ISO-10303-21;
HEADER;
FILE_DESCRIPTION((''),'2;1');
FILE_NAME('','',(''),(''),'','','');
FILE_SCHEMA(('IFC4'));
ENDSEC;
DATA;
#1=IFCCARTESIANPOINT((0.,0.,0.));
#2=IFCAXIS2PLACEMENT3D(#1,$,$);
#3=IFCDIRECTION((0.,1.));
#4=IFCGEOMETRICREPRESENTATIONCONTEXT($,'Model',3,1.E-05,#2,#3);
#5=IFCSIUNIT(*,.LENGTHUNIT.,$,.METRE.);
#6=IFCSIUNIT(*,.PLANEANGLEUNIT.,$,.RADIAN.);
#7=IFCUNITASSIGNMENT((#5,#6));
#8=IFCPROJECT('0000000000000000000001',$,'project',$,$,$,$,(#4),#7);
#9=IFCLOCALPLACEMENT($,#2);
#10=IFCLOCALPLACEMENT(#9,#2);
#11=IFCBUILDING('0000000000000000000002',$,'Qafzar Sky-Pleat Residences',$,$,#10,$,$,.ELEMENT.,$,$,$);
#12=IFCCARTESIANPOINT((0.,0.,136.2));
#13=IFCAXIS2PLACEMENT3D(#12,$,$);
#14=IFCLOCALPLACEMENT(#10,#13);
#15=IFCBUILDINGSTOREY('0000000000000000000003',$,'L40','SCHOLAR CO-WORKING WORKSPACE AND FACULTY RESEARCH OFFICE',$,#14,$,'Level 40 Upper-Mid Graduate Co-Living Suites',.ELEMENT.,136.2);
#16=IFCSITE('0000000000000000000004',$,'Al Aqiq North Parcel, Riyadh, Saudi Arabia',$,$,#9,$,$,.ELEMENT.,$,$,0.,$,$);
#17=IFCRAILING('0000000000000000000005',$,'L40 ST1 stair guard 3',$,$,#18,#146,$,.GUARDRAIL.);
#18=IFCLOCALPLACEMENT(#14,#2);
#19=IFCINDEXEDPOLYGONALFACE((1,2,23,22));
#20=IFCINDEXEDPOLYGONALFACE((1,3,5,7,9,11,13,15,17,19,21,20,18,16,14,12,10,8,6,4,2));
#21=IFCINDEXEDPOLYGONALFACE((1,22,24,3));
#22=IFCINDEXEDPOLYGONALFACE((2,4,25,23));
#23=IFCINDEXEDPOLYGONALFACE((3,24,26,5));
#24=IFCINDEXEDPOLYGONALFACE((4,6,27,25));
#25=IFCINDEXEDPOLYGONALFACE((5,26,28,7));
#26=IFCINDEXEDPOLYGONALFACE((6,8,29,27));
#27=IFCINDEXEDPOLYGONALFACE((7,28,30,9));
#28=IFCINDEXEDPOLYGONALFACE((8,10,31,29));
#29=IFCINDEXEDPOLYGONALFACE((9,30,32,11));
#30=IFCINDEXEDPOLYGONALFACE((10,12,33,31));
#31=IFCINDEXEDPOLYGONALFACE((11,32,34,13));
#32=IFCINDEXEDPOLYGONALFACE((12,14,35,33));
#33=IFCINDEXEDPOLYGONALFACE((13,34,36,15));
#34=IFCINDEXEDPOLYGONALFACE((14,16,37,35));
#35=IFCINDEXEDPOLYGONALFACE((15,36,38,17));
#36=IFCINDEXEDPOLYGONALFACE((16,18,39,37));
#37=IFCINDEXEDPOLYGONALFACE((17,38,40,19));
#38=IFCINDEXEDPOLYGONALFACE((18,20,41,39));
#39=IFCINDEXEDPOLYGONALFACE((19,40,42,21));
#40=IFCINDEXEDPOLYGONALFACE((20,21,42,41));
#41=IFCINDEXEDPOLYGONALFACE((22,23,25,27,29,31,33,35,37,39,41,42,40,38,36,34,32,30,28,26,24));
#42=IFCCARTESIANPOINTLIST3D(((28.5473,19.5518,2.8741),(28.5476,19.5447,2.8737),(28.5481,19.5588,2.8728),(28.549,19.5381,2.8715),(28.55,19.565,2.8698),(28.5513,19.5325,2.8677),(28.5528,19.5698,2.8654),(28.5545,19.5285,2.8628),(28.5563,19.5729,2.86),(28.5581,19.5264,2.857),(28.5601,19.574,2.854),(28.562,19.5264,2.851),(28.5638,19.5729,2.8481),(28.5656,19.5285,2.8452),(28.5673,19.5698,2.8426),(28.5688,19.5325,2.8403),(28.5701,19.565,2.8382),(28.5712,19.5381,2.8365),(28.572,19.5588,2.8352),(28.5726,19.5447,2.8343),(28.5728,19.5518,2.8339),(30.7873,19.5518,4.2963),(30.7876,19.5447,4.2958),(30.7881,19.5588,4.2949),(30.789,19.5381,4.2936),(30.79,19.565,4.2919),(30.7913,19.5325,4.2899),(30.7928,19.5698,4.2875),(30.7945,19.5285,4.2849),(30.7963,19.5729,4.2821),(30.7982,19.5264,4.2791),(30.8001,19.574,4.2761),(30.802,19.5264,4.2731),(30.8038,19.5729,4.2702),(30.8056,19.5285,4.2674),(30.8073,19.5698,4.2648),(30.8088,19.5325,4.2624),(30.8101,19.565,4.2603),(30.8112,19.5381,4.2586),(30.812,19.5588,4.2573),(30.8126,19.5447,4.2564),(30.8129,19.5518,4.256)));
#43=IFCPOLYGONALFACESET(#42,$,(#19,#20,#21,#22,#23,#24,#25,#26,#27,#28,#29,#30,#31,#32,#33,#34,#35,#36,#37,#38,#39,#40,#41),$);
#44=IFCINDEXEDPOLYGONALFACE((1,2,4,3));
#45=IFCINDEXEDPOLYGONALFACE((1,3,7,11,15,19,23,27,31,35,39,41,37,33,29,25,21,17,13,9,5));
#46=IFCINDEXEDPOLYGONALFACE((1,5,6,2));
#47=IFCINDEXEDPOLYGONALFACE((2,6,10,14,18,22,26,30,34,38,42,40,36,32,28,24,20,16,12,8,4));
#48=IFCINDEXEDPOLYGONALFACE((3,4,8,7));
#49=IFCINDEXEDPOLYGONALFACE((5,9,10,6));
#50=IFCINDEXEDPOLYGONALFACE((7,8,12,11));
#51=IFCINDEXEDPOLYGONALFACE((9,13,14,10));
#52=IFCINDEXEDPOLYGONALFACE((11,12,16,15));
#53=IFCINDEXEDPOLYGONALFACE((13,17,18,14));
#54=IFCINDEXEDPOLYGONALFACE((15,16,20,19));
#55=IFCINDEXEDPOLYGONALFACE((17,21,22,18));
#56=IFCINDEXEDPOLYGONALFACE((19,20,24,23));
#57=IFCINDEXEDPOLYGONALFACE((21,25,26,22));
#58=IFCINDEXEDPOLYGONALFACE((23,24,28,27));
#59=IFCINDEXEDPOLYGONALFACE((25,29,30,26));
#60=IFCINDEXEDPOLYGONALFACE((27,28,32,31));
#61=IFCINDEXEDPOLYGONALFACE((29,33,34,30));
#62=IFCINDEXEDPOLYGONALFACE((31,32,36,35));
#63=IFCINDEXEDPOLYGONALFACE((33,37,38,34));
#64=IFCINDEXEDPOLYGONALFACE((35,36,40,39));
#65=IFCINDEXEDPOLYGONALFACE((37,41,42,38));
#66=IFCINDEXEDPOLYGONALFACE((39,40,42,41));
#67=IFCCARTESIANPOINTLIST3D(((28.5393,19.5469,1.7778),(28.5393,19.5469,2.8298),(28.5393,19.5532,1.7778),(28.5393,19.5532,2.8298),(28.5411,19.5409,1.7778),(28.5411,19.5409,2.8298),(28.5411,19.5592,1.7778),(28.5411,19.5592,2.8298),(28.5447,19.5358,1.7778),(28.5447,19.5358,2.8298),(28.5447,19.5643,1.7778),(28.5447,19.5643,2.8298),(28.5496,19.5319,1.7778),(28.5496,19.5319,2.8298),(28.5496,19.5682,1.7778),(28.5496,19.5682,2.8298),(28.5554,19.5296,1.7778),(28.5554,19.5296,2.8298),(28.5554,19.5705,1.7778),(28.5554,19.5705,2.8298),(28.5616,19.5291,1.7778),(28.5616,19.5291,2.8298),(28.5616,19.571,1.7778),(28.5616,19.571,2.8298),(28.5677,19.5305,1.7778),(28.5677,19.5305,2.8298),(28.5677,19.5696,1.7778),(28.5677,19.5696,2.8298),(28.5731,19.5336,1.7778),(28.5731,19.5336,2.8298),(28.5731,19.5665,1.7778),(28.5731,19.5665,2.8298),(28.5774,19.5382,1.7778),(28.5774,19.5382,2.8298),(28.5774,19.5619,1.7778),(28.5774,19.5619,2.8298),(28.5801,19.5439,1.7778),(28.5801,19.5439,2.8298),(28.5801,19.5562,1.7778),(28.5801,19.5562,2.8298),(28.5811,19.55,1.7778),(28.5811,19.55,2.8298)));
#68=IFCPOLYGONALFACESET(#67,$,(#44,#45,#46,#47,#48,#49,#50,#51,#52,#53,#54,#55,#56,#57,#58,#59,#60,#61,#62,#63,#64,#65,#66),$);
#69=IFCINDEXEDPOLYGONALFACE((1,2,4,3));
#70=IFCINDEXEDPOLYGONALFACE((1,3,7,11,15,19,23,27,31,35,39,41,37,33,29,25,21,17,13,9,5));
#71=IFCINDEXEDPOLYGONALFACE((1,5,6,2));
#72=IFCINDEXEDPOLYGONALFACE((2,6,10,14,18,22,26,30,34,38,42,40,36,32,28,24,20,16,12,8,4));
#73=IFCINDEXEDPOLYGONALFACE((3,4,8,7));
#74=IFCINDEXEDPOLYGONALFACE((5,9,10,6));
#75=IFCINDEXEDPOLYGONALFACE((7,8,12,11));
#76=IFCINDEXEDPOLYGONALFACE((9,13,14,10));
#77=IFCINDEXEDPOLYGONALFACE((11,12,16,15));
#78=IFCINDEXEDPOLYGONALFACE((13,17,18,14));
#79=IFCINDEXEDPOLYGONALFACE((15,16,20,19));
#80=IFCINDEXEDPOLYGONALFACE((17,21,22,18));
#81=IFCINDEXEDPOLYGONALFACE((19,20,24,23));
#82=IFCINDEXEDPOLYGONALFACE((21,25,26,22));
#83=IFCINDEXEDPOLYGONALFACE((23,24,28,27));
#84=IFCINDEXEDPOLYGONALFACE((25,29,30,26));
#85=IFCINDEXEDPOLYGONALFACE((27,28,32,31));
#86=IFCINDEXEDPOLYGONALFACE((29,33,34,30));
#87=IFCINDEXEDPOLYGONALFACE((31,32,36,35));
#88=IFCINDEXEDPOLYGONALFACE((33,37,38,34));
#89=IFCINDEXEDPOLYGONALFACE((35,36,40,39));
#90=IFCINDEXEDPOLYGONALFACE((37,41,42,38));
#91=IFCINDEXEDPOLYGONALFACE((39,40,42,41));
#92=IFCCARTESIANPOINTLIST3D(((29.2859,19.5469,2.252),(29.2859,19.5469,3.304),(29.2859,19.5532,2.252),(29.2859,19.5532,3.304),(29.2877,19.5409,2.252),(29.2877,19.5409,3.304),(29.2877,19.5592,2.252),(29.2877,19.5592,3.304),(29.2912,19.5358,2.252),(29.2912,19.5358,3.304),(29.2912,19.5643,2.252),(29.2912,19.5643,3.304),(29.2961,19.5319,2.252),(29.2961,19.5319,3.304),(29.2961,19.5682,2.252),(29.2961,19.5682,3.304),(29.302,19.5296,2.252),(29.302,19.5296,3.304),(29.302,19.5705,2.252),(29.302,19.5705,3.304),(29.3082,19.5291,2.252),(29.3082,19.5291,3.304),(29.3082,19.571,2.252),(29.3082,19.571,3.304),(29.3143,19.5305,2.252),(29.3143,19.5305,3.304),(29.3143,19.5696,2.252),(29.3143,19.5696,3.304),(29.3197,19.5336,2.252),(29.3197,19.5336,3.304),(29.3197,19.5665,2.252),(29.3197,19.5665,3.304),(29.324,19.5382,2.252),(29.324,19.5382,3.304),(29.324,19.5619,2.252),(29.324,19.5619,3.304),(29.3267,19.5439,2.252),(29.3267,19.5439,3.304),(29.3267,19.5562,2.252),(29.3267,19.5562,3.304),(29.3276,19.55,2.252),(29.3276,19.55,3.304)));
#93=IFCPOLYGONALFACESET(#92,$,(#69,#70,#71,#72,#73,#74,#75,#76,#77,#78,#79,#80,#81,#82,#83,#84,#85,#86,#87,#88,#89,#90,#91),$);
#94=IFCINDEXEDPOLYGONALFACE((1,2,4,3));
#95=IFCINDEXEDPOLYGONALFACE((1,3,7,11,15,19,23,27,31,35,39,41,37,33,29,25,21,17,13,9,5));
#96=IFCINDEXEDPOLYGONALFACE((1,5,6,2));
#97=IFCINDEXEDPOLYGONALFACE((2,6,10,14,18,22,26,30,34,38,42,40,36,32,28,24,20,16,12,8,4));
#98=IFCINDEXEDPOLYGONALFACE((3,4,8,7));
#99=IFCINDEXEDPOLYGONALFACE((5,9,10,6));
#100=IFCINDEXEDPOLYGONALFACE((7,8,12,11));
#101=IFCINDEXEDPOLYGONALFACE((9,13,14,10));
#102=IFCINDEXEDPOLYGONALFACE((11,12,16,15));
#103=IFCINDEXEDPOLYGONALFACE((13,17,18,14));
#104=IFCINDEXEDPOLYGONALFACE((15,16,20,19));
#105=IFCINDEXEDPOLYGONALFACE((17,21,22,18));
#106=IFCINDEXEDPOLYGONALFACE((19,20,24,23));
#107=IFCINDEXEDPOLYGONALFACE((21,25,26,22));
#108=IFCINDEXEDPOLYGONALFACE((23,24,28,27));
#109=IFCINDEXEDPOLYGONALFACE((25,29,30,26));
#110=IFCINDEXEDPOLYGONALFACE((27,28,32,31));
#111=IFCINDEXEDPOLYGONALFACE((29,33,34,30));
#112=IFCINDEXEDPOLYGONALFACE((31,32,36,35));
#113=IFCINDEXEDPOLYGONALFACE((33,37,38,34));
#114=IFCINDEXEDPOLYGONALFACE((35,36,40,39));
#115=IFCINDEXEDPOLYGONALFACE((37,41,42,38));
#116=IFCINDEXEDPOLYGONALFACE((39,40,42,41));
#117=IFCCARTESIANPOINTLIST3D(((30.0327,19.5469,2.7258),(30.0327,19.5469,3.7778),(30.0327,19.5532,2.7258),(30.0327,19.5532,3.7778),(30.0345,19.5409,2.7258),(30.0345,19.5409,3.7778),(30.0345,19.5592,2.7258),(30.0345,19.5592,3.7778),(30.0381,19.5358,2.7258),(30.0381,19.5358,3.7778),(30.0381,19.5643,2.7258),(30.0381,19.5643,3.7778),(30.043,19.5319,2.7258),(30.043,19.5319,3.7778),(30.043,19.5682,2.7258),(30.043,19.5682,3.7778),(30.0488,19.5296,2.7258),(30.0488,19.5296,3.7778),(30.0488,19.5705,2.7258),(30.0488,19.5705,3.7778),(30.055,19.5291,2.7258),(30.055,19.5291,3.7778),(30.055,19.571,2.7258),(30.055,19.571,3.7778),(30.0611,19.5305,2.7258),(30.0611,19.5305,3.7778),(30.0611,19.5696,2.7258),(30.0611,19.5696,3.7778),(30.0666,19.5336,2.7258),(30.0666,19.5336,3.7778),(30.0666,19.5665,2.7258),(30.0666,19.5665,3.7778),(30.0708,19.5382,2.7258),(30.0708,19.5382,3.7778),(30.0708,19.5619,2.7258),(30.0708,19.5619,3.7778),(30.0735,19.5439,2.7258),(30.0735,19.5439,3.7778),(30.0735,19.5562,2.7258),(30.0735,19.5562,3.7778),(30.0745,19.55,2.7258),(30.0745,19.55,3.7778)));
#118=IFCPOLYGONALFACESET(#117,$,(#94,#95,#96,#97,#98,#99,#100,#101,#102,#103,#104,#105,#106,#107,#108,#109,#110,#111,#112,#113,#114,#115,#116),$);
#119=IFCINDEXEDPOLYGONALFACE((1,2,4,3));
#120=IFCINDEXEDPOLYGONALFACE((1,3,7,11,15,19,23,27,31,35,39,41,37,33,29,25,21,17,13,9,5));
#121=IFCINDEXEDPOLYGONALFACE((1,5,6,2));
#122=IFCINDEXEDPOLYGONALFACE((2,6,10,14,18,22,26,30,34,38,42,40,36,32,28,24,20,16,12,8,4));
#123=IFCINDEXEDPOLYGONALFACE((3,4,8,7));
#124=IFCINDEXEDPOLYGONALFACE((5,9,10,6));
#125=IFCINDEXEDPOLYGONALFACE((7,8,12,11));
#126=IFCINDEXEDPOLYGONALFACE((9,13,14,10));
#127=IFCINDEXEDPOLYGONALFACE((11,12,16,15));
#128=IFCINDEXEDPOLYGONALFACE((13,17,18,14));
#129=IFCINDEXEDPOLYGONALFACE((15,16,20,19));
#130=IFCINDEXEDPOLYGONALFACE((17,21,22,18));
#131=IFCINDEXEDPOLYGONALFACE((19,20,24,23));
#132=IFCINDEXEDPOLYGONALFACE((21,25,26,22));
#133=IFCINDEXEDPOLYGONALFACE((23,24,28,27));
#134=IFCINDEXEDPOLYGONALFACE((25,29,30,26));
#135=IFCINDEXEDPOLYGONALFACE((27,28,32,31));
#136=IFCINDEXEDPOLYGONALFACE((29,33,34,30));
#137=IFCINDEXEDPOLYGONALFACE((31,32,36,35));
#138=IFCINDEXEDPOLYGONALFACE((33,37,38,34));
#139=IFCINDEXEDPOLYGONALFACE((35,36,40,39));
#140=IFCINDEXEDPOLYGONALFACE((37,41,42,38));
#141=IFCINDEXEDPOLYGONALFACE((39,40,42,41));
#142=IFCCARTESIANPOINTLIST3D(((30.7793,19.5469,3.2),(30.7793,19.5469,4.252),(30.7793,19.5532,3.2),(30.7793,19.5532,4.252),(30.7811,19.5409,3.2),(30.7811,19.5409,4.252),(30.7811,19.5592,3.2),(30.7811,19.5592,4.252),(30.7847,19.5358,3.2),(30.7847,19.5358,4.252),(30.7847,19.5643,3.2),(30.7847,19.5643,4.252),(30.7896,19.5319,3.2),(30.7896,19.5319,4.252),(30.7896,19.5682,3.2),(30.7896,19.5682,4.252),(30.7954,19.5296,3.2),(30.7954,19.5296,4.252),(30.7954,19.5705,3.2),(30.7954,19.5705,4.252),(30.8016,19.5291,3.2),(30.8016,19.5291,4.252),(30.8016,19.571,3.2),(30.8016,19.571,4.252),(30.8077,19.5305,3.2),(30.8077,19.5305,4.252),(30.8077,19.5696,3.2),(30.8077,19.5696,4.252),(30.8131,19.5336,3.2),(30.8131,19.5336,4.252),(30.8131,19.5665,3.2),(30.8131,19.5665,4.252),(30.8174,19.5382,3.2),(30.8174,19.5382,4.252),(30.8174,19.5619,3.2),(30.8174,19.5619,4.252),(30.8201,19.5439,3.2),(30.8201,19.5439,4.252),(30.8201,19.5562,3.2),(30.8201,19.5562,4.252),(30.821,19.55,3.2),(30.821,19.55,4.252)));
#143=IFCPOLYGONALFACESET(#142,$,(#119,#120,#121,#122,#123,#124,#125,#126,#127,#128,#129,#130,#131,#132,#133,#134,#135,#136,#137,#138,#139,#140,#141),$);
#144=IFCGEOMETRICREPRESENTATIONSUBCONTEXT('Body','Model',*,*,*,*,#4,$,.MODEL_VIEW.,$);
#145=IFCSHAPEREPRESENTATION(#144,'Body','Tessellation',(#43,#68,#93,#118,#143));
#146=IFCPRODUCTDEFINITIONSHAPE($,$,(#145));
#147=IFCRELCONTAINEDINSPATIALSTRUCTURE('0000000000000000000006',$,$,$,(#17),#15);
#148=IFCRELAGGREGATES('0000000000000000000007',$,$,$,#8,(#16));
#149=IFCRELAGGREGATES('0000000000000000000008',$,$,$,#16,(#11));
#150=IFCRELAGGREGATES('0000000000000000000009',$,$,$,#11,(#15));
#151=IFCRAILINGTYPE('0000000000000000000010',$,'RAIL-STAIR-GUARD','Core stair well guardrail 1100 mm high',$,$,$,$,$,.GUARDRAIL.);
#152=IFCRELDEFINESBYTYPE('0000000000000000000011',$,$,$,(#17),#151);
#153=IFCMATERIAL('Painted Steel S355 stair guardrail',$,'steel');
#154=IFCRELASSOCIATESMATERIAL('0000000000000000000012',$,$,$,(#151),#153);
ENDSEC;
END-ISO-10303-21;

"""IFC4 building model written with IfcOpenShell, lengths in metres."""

from ifc_helpers import new_model, si_unit, direction, frame, origin, origin_2d, place, context, subcontext, project, spatial, circle, extrude, source, transform, mapped, material, type_object, element, save


model = new_model("IFC4")

# Units and contexts
model_context = context("Model", 3, precision=1e-05, world=origin(), true_north=direction((0.0, 1.0)))
body_context = subcontext(model_context, "Body", "Model", "MODEL_VIEW")
ifc_project = project(units=[si_unit("LENGTHUNIT", "METRE"), si_unit("PLANEANGLEUNIT", "RADIAN")], contexts=[model_context])

# Site, building, storey
site_placement = place(None, origin())
site = spatial("IfcSite", under=ifc_project, at=site_placement, Name="Al Aqiq North Parcel, Riyadh, Saudi Arabia", CompositionType="ELEMENT", RefElevation=0.0)
building_placement = place(site_placement, origin())
building = spatial("IfcBuilding", under=site, at=building_placement, Name="Qafzar Sky-Pleat Residences", CompositionType="ELEMENT")
storey_placement = place(building_placement, frame((0.0, 0.0, 136.2)))
storey = spatial("IfcBuildingStorey", under=building, at=storey_placement, Name="L40", Description="SCHOLAR CO-WORKING WORKSPACE AND FACULTY RESEARCH OFFICE", LongName="Level 40 Upper-Mid Graduate Co-Living Suites", CompositionType="ELEMENT", Elevation=136.2)

# Railing
ifc_material_1 = material(Name="Painted Steel S355 stair guardrail", Category="steel")
railing_type_1 = type_object("IfcRailingType", Name="RAIL-STAIR-GUARD", Description="Core stair well guardrail 1100 mm high", PredefinedType="GUARDRAIL", material=ifc_material_1)
shared_shape_1 = source(origin(), body_context, "Body", "SweptSolid", [
    extrude(circle(Radius=0.0239, at=origin_2d()), frame((0.0, 0.0, 1.0762), z_axis=(0.844229, 0.0, 0.535982), x_axis=(0.0, 1.0, 0.0)), (0.0, 0.0, 1.0), 2.6533),
    extrude(circle(Radius=0.021, at=origin_2d()), origin(), (0.0, 0.0, 1.0), 1.052),
    extrude(circle(Radius=0.021, at=origin_2d()), frame((0.7466, 0.0, 0.4741)), (0.0, 0.0, 1.0), 1.052),
    extrude(circle(Radius=0.021, at=origin_2d()), frame((1.4934, 0.0, 0.948)), (0.0, 0.0, 1.0), 1.052),
    extrude(circle(Radius=0.021, at=origin_2d()), frame((2.24, 0.0, 1.4221)), (0.0, 0.0, 1.0), 1.052),
])
railing_1_placement = place(storey_placement, frame((28.5601, 19.55, 1.7778)))
element("IfcRailing", 1, at=railing_1_placement, inside=storey, type_object=railing_type_1, Name="L40 ST1 stair guard 3", PredefinedType="GUARDRAIL", context=body_context, shape_type="MappedRepresentation", body=[
    mapped(shared_shape_1, transform((0.0, 0.0, 0.0), x_axis=(1.0, 0.0, 0.0), y_axis=(0.0, 1.0, 0.0), z_axis=(0.0, 0.0, 1.0), scale=1.0)),
])

save(model, "model.ifc")
